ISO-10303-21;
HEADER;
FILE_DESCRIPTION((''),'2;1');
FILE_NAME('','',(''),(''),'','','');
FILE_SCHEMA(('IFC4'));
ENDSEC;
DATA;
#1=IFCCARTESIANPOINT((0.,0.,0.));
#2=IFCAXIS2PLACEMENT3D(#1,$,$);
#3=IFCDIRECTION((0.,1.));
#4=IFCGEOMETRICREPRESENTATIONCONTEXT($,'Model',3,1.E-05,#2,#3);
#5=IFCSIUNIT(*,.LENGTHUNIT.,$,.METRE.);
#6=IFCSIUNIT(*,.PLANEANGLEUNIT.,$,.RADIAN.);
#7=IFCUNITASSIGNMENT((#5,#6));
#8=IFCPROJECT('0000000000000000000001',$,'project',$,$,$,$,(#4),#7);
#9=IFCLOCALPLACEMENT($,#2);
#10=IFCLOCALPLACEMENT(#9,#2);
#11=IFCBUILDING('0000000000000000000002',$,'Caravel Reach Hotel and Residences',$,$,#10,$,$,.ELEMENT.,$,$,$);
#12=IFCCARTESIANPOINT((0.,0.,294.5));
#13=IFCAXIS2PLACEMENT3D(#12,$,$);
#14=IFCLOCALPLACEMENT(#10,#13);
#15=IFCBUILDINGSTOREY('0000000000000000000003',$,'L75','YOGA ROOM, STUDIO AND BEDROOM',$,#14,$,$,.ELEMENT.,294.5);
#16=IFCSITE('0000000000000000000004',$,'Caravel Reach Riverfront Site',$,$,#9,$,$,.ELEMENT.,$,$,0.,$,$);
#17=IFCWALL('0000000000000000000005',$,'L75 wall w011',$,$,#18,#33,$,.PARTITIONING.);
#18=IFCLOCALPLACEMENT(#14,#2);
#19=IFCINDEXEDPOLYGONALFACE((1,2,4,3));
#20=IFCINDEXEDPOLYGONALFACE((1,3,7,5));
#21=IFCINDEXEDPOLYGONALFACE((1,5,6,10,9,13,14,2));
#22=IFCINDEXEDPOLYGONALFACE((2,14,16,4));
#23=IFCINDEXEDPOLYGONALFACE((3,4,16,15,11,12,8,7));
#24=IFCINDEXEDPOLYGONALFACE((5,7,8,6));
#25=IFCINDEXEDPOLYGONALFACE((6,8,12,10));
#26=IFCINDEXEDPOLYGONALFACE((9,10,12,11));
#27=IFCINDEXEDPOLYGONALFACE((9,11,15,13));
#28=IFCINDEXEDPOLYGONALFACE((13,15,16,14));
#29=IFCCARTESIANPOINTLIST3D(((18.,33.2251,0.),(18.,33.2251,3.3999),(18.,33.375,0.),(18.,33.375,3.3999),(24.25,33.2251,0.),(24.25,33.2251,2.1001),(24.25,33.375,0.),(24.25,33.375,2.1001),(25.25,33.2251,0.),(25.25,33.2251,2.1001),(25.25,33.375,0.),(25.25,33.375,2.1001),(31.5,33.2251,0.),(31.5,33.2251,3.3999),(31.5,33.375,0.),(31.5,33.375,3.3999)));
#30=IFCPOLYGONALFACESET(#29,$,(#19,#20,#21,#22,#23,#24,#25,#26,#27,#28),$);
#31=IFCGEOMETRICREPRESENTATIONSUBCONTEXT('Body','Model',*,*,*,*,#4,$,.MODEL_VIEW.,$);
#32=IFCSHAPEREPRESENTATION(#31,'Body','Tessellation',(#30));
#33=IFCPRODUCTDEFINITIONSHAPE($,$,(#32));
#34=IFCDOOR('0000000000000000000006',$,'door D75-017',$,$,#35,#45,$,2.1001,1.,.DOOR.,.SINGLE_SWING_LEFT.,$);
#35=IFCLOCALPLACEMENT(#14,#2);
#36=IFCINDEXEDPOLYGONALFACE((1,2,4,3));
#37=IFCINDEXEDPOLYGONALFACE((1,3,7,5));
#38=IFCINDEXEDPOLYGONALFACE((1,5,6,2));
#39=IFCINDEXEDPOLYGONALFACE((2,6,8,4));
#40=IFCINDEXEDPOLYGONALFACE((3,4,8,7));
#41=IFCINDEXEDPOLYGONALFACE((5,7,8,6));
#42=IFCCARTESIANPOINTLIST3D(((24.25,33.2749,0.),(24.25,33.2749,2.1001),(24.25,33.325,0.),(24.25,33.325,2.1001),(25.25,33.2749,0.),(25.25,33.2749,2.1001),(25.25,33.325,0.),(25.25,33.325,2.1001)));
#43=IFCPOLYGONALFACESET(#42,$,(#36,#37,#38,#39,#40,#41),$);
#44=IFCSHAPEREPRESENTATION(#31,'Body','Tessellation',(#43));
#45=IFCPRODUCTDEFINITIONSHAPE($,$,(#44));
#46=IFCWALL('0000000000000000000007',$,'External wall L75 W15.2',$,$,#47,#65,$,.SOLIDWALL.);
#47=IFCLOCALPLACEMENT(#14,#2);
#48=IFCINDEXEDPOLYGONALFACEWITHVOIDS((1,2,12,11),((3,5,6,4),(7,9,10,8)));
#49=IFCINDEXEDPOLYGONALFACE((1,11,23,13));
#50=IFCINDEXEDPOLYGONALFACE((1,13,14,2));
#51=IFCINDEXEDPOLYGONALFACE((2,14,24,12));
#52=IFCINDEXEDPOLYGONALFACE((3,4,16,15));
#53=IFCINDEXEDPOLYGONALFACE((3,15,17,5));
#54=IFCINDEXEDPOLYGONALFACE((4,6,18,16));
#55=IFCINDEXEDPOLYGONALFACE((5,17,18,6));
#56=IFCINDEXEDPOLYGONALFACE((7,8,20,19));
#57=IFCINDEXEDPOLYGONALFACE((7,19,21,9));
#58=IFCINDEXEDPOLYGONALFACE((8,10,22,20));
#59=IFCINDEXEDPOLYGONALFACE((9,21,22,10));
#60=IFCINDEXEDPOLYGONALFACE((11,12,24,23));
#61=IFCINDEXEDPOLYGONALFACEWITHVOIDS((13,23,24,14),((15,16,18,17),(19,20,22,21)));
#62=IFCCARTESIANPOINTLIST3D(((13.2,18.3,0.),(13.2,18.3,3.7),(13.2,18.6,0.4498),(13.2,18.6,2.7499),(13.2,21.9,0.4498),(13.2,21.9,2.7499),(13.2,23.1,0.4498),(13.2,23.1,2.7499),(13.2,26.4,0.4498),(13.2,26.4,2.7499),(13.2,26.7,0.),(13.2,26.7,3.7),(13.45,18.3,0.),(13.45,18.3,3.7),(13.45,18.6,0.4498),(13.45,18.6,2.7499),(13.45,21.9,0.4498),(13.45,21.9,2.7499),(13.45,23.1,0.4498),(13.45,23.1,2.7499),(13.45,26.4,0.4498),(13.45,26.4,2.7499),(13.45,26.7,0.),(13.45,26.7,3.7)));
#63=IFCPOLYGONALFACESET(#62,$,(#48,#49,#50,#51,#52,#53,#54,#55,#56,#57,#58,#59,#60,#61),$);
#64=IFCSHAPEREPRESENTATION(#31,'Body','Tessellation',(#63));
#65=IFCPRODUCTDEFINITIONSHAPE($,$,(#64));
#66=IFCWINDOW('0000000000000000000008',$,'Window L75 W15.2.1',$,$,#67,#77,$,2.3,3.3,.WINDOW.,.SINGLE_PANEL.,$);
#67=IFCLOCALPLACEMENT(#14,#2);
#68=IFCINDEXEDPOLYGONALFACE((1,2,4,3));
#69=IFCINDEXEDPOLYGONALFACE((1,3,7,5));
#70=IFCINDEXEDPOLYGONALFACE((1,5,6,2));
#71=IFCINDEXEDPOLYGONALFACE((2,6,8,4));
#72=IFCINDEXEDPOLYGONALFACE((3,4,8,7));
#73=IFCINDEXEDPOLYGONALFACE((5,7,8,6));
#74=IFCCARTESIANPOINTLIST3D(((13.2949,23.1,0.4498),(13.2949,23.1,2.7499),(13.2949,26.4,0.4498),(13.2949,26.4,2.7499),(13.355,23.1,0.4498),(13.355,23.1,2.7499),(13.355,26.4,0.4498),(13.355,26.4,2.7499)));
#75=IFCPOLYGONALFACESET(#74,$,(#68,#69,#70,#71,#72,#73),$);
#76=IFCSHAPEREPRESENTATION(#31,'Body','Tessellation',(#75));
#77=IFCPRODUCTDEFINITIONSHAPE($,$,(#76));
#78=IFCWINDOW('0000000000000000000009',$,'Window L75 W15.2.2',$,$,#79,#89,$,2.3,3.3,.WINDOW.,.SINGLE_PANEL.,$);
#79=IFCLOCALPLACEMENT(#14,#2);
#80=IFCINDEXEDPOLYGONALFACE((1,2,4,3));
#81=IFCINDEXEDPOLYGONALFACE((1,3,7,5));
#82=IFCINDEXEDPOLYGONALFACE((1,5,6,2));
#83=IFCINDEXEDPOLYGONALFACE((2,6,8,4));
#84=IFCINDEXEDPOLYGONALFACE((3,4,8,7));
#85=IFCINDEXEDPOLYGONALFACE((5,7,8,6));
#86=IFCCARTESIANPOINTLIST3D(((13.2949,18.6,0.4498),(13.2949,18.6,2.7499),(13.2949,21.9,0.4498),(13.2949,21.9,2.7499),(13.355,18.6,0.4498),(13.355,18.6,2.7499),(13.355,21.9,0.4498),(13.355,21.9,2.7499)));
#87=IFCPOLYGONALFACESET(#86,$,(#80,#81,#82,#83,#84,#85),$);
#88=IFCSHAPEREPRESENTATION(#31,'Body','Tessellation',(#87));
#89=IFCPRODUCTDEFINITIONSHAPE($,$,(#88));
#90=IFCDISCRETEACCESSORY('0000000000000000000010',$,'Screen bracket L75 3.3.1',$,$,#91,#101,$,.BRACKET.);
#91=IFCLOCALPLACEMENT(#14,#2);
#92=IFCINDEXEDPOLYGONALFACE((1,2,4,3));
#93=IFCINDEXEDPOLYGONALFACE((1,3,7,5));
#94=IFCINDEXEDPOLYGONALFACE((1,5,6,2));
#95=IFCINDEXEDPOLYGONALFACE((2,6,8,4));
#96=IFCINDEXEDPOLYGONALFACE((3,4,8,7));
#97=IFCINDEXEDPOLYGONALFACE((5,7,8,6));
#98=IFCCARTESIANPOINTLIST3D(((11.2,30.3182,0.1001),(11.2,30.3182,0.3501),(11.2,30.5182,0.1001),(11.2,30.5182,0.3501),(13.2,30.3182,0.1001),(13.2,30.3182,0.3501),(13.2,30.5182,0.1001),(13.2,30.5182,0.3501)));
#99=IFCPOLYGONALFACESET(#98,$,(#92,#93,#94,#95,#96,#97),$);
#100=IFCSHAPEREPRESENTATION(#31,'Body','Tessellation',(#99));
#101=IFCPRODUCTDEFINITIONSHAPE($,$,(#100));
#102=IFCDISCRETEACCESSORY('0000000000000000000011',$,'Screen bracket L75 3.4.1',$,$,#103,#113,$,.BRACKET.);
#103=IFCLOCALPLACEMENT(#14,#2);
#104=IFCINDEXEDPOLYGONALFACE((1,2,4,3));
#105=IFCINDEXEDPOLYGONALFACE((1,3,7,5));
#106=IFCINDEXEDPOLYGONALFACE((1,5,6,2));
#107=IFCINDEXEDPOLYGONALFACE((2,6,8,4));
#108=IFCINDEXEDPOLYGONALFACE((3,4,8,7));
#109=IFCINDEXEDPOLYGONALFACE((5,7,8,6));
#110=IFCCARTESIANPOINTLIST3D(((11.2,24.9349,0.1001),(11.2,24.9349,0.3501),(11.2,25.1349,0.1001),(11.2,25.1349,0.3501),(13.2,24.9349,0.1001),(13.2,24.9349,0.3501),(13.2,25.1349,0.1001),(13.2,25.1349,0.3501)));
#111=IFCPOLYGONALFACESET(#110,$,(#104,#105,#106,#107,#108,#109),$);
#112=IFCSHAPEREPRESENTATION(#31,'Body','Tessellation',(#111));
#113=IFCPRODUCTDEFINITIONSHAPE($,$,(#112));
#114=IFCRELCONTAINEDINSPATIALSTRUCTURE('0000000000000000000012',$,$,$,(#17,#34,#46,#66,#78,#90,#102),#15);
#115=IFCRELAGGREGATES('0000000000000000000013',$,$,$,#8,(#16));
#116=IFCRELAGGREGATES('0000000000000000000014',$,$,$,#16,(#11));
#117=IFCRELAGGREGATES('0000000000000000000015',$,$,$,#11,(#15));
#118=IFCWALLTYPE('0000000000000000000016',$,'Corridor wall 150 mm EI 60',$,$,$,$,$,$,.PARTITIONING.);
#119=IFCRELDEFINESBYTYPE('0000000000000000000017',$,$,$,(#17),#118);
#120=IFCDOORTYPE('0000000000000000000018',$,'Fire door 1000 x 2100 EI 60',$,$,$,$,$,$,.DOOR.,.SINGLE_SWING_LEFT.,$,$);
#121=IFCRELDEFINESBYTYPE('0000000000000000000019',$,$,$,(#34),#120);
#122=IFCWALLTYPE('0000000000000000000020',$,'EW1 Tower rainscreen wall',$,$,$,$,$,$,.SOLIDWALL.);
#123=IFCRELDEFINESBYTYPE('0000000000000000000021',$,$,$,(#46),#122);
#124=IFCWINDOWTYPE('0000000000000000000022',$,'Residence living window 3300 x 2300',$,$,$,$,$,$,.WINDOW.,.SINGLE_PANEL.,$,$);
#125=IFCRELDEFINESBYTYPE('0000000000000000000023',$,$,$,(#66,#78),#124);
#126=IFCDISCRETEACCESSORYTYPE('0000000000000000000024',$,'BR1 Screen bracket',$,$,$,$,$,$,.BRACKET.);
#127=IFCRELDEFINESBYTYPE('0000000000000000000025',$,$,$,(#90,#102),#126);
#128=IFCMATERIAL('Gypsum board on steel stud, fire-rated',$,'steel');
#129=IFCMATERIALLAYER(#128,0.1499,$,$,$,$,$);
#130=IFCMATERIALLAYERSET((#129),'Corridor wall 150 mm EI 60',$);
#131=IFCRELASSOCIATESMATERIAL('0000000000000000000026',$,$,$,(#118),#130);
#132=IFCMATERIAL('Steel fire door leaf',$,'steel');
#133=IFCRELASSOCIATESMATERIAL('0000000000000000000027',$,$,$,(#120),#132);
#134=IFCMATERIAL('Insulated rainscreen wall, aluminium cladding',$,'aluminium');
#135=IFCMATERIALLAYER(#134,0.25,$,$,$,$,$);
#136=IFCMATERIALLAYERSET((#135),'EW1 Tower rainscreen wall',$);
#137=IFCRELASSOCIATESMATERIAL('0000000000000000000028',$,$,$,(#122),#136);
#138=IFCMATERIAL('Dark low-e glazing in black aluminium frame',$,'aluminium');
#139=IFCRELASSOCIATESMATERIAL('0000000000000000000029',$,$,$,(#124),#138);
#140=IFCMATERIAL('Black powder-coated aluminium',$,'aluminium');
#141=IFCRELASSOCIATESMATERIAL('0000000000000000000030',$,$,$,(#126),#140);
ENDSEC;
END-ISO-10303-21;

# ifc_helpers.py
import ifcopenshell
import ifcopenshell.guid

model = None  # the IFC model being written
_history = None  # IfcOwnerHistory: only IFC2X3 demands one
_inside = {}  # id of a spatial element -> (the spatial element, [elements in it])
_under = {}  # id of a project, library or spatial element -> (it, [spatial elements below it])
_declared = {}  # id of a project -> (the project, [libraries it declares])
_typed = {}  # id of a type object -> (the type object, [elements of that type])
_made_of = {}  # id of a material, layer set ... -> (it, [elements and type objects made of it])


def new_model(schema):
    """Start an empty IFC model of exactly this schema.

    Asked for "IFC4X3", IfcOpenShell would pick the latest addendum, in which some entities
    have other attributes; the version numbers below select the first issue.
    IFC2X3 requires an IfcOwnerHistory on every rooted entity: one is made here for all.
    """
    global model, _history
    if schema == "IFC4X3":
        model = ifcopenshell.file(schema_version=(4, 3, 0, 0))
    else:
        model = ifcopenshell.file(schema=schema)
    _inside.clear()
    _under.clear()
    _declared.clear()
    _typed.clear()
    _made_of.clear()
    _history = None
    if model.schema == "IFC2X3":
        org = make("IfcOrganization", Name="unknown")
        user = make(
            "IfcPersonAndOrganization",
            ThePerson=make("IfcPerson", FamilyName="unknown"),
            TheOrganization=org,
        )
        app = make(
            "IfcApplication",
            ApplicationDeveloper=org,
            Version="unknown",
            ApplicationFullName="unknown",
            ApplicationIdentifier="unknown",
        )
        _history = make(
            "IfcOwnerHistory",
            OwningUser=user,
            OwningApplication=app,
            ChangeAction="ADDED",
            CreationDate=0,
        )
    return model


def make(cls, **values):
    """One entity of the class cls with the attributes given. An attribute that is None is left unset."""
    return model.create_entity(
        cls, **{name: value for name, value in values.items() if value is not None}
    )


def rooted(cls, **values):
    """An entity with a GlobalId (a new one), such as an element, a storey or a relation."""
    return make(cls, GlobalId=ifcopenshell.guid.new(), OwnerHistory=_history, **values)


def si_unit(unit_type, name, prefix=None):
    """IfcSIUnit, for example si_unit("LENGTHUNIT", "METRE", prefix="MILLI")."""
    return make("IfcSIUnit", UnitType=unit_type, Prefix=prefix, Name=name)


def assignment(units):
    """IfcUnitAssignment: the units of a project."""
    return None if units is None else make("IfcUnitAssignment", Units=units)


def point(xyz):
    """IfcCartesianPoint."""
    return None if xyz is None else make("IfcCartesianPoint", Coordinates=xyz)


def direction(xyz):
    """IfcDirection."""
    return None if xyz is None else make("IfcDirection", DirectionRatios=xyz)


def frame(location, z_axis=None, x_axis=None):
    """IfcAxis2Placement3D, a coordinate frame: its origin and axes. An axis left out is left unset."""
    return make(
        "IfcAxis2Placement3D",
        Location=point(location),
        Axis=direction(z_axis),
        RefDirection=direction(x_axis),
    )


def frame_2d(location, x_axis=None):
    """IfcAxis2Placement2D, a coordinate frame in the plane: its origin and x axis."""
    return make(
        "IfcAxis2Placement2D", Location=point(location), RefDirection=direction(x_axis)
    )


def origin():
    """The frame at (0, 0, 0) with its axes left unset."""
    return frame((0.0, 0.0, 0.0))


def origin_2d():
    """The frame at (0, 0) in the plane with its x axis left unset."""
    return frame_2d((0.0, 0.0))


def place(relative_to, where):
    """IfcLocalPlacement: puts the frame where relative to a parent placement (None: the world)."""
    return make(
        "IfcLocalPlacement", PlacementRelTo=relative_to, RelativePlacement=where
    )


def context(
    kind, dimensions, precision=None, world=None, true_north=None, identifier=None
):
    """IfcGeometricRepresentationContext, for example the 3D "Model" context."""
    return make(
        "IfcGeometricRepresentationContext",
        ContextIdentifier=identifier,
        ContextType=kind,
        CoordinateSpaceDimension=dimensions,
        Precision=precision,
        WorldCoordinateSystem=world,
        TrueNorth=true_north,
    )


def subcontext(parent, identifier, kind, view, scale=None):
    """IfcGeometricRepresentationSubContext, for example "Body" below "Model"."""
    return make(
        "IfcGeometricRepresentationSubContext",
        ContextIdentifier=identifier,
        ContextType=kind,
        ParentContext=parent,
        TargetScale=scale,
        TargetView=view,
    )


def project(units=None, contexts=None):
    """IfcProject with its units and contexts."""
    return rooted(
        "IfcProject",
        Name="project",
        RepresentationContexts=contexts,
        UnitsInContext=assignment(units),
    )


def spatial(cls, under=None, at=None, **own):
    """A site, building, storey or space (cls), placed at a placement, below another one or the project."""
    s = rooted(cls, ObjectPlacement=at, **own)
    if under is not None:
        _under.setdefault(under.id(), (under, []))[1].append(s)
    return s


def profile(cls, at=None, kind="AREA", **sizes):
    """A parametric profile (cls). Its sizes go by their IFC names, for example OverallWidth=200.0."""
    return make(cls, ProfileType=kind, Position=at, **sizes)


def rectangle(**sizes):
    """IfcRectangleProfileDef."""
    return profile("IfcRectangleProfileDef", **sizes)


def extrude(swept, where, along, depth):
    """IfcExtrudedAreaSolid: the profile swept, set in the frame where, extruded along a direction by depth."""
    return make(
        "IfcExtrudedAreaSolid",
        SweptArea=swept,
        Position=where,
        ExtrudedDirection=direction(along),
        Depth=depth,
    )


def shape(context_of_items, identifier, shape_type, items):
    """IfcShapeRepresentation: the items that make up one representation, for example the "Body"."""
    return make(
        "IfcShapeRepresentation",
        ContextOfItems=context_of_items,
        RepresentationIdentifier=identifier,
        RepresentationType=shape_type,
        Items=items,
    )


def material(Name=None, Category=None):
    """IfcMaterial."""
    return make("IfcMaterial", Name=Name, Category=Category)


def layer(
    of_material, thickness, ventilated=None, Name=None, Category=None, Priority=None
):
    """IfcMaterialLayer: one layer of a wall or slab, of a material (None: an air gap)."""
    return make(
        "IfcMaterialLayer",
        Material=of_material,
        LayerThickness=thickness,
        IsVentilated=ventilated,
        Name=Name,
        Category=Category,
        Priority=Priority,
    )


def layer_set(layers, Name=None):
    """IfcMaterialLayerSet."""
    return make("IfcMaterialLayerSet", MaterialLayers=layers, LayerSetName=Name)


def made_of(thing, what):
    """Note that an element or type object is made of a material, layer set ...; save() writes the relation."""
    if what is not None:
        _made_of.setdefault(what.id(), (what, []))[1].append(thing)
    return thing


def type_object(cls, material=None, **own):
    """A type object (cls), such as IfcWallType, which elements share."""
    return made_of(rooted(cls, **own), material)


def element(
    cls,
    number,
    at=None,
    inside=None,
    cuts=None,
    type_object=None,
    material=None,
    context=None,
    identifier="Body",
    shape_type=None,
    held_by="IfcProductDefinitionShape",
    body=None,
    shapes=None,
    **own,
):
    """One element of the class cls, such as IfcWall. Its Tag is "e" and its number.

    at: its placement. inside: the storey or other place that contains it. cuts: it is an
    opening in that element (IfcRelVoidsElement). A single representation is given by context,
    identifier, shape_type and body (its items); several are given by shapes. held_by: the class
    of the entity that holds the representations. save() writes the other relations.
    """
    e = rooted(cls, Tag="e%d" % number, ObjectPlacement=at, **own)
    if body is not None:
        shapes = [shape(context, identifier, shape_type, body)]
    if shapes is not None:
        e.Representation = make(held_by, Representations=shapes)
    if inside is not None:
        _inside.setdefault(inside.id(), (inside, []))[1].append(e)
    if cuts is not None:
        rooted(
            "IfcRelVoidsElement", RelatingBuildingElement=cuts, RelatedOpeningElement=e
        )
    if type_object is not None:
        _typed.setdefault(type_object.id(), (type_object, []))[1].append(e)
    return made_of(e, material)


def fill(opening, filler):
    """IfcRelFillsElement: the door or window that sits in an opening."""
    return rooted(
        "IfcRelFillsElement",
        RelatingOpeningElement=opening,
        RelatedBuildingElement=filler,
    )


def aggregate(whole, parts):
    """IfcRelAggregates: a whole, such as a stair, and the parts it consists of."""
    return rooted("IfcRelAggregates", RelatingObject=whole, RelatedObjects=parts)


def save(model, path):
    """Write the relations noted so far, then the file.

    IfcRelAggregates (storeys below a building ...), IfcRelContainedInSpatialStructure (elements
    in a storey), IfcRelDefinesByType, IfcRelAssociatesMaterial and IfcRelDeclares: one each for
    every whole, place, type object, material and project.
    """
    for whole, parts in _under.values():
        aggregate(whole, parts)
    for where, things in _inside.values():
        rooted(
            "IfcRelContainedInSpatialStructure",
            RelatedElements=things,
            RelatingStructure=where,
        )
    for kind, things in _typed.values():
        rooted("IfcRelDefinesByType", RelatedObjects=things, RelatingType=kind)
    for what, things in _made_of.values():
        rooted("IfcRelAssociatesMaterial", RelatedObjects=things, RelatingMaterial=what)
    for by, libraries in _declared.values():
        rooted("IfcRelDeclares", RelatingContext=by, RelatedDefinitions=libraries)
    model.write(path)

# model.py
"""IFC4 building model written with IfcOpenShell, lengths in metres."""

from ifc_helpers import new_model, si_unit, direction, frame, frame_2d, origin, origin_2d, place, context, subcontext, project, spatial, rectangle, extrude, material, layer, layer_set, type_object, element, fill, save


model = new_model("IFC4")

# Units and contexts
model_context = context("Model", 3, precision=1e-05, world=origin(), true_north=direction((0.0, 1.0)))
body_context = subcontext(model_context, "Body", "Model", "MODEL_VIEW")
ifc_project = project(units=[si_unit("LENGTHUNIT", "METRE"), si_unit("PLANEANGLEUNIT", "RADIAN")], contexts=[model_context])

# Site, building, storey
site_placement = place(None, origin())
site = spatial("IfcSite", under=ifc_project, at=site_placement, Name="Caravel Reach Riverfront Site", CompositionType="ELEMENT", RefElevation=0.0)
building_placement = place(site_placement, origin())
building = spatial("IfcBuilding", under=site, at=building_placement, Name="Caravel Reach Hotel and Residences", CompositionType="ELEMENT")
storey_placement = place(building_placement, frame((0.0, 0.0, 294.5)))
storey = spatial("IfcBuildingStorey", under=building, at=storey_placement, Name="L75", Description="YOGA ROOM, STUDIO AND BEDROOM", CompositionType="ELEMENT", Elevation=294.5)

# Shared definitions
ifc_material_1 = material(Name="Gypsum board on steel stud, fire-rated", Category="steel")
ifc_layer_1 = layer(ifc_material_1, 0.1499)
ifc_layer_set_1 = layer_set([ifc_layer_1], Name="Corridor wall 150 mm EI 60")
wall_type_1 = type_object("IfcWallType", Name="Corridor wall 150 mm EI 60", PredefinedType="PARTITIONING", material=ifc_layer_set_1)

# Wall, opening, door
wall_1_placement = place(storey_placement, frame((18.0, 33.3, 0.0), z_axis=(0.0, 0.0, 1.0), x_axis=(1.0, 0.0, 0.0)))
wall_1 = element("IfcWall", 1, at=wall_1_placement, inside=storey, type_object=wall_type_1, Name="L75 wall w011", PredefinedType="PARTITIONING", context=body_context, shape_type="SweptSolid", body=[
    extrude(rectangle(XDim=13.5, YDim=0.1499, at=frame_2d((6.75, 0.0))), origin(), (0.0, 0.0, 1.0), 3.3999),
])
opening_1_placement = place(wall_1_placement, frame((6.25, 0.0, 0.0)))
opening_1 = element("IfcOpeningElement", 2, at=opening_1_placement, cuts=wall_1, PredefinedType="OPENING", context=body_context, shape_type="SweptSolid", body=[
    extrude(rectangle(XDim=1.0, YDim=2.1001, at=frame_2d((0.5, 1.05))), frame((0.0, 0.085, 0.0), z_axis=(0.0, -1.0, 0.0), x_axis=(1.0, 0.0, 0.0)), (0.0, 0.0, 1.0), 0.1699),
])
ifc_material_2 = material(Name="Steel fire door leaf", Category="steel")
door_type_1 = type_object("IfcDoorType", Name="Fire door 1000 x 2100 EI 60", OperationType="SINGLE_SWING_LEFT", PredefinedType="DOOR", material=ifc_material_2)
door_1_placement = place(opening_1_placement, origin())
door_1 = element("IfcDoor", 3, at=door_1_placement, inside=storey, type_object=door_type_1, Name="door D75-017", OperationType="SINGLE_SWING_LEFT", OverallHeight=2.1001, OverallWidth=1.0, PredefinedType="DOOR", context=body_context, shape_type="SweptSolid", body=[
    extrude(rectangle(XDim=1.0, YDim=2.1001, at=frame_2d((0.5, 1.05))), frame((0.0, 0.0249, 0.0), z_axis=(0.0, -1.0, 0.0), x_axis=(1.0, 0.0, 0.0)), (0.0, 0.0, 1.0), 0.05),
])
fill(opening_1, door_1)

# Wall, openings, windows
ifc_material_3 = material(Name="Insulated rainscreen wall, aluminium cladding", Category="aluminium")
ifc_layer_2 = layer(ifc_material_3, 0.25)
ifc_layer_set_2 = layer_set([ifc_layer_2], Name="EW1 Tower rainscreen wall")
wall_type_2 = type_object("IfcWallType", Name="EW1 Tower rainscreen wall", PredefinedType="SOLIDWALL", material=ifc_layer_set_2)
wall_2_placement = place(storey_placement, frame((13.325, 26.7, 0.0), z_axis=(0.0, 0.0, 1.0), x_axis=(0.0, -1.0, 0.0)))
wall_2 = element("IfcWall", 4, at=wall_2_placement, inside=storey, type_object=wall_type_2, Name="External wall L75 W15.2", PredefinedType="SOLIDWALL", context=body_context, shape_type="SweptSolid", body=[
    extrude(rectangle(XDim=8.3999, YDim=0.25, at=frame_2d((4.2, 0.0))), origin(), (0.0, 0.0, 1.0), 3.7),
])
opening_2_placement = place(wall_2_placement, frame((0.3, 0.0, 0.45)))
opening_2 = element("IfcOpeningElement", 5, at=opening_2_placement, cuts=wall_2, PredefinedType="OPENING", context=body_context, shape_type="SweptSolid", body=[
    extrude(rectangle(XDim=3.3, YDim=2.3, at=frame_2d((1.6499, 1.1499))), frame((0.0, 0.135, 0.0), z_axis=(0.0, -1.0, 0.0), x_axis=(1.0, 0.0, 0.0)), (0.0, 0.0, 1.0), 0.27),
])
opening_3_placement = place(wall_2_placement, frame((4.8, 0.0, 0.45)))
opening_3 = element("IfcOpeningElement", 6, at=opening_3_placement, cuts=wall_2, PredefinedType="OPENING", context=body_context, shape_type="SweptSolid", body=[
    extrude(rectangle(XDim=3.3, YDim=2.3, at=frame_2d((1.6499, 1.1499))), frame((0.0, 0.135, 0.0), z_axis=(0.0, -1.0, 0.0), x_axis=(1.0, 0.0, 0.0)), (0.0, 0.0, 1.0), 0.27),
])
ifc_material_4 = material(Name="Dark low-e glazing in black aluminium frame", Category="aluminium")
window_type = type_object("IfcWindowType", Name="Residence living window 3300 x 2300", PartitioningType="SINGLE_PANEL", PredefinedType="WINDOW", material=ifc_material_4)
window_1_placement = place(opening_2_placement, origin())
window_1 = element("IfcWindow", 7, at=window_1_placement, inside=storey, type_object=window_type, Name="Window L75 W15.2.1", OverallHeight=2.3, OverallWidth=3.3, PartitioningType="SINGLE_PANEL", PredefinedType="WINDOW", context=body_context, shape_type="SweptSolid", body=[
    extrude(rectangle(XDim=3.3, YDim=2.3, at=frame_2d((1.6499, 1.1499))), frame((0.0, 0.03, 0.0), z_axis=(0.0, -1.0, 0.0), x_axis=(1.0, 0.0, 0.0)), (0.0, 0.0, 1.0), 0.0601),
])
fill(opening_2, window_1)
window_2_placement = place(opening_3_placement, origin())
window_2 = element("IfcWindow", 8, at=window_2_placement, inside=storey, type_object=window_type, Name="Window L75 W15.2.2", OverallHeight=2.3, OverallWidth=3.3, PartitioningType="SINGLE_PANEL", PredefinedType="WINDOW", context=body_context, shape_type="SweptSolid", body=[
    extrude(rectangle(XDim=3.3, YDim=2.3, at=frame_2d((1.6499, 1.1499))), frame((0.0, 0.03, 0.0), z_axis=(0.0, -1.0, 0.0), x_axis=(1.0, 0.0, 0.0)), (0.0, 0.0, 1.0), 0.0601),
])
fill(opening_3, window_2)

# Discrete accessories
ifc_material_5 = material(Name="Black powder-coated aluminium", Category="aluminium")
discrete_accessory_type = type_object("IfcDiscreteAccessoryType", Name="BR1 Screen bracket", PredefinedType="BRACKET", material=ifc_material_5)
for number, where, z_axis, x_axis, name in (
    (9, (12.2, 30.4182, 0.1001), (0.0, 0.0, 1.0), (-1.0, 0.0, 0.0), "Screen bracket L75 3.3.1"),
    (10, (12.2, 25.0349, 0.1001), (0.0, 0.0, 1.0), (-1.0, 0.0, 0.0), "Screen bracket L75 3.4.1"),
):
    element("IfcDiscreteAccessory", number, at=place(storey_placement, frame(where, z_axis=z_axis, x_axis=x_axis)), inside=storey, type_object=discrete_accessory_type, Name=name, PredefinedType="BRACKET", context=body_context, shape_type="SweptSolid", body=[
        extrude(rectangle(XDim=2.0, YDim=0.2, at=origin_2d()), origin(), (0.0, 0.0, 1.0), 0.25),
    ])

save(model, "model.ifc")
